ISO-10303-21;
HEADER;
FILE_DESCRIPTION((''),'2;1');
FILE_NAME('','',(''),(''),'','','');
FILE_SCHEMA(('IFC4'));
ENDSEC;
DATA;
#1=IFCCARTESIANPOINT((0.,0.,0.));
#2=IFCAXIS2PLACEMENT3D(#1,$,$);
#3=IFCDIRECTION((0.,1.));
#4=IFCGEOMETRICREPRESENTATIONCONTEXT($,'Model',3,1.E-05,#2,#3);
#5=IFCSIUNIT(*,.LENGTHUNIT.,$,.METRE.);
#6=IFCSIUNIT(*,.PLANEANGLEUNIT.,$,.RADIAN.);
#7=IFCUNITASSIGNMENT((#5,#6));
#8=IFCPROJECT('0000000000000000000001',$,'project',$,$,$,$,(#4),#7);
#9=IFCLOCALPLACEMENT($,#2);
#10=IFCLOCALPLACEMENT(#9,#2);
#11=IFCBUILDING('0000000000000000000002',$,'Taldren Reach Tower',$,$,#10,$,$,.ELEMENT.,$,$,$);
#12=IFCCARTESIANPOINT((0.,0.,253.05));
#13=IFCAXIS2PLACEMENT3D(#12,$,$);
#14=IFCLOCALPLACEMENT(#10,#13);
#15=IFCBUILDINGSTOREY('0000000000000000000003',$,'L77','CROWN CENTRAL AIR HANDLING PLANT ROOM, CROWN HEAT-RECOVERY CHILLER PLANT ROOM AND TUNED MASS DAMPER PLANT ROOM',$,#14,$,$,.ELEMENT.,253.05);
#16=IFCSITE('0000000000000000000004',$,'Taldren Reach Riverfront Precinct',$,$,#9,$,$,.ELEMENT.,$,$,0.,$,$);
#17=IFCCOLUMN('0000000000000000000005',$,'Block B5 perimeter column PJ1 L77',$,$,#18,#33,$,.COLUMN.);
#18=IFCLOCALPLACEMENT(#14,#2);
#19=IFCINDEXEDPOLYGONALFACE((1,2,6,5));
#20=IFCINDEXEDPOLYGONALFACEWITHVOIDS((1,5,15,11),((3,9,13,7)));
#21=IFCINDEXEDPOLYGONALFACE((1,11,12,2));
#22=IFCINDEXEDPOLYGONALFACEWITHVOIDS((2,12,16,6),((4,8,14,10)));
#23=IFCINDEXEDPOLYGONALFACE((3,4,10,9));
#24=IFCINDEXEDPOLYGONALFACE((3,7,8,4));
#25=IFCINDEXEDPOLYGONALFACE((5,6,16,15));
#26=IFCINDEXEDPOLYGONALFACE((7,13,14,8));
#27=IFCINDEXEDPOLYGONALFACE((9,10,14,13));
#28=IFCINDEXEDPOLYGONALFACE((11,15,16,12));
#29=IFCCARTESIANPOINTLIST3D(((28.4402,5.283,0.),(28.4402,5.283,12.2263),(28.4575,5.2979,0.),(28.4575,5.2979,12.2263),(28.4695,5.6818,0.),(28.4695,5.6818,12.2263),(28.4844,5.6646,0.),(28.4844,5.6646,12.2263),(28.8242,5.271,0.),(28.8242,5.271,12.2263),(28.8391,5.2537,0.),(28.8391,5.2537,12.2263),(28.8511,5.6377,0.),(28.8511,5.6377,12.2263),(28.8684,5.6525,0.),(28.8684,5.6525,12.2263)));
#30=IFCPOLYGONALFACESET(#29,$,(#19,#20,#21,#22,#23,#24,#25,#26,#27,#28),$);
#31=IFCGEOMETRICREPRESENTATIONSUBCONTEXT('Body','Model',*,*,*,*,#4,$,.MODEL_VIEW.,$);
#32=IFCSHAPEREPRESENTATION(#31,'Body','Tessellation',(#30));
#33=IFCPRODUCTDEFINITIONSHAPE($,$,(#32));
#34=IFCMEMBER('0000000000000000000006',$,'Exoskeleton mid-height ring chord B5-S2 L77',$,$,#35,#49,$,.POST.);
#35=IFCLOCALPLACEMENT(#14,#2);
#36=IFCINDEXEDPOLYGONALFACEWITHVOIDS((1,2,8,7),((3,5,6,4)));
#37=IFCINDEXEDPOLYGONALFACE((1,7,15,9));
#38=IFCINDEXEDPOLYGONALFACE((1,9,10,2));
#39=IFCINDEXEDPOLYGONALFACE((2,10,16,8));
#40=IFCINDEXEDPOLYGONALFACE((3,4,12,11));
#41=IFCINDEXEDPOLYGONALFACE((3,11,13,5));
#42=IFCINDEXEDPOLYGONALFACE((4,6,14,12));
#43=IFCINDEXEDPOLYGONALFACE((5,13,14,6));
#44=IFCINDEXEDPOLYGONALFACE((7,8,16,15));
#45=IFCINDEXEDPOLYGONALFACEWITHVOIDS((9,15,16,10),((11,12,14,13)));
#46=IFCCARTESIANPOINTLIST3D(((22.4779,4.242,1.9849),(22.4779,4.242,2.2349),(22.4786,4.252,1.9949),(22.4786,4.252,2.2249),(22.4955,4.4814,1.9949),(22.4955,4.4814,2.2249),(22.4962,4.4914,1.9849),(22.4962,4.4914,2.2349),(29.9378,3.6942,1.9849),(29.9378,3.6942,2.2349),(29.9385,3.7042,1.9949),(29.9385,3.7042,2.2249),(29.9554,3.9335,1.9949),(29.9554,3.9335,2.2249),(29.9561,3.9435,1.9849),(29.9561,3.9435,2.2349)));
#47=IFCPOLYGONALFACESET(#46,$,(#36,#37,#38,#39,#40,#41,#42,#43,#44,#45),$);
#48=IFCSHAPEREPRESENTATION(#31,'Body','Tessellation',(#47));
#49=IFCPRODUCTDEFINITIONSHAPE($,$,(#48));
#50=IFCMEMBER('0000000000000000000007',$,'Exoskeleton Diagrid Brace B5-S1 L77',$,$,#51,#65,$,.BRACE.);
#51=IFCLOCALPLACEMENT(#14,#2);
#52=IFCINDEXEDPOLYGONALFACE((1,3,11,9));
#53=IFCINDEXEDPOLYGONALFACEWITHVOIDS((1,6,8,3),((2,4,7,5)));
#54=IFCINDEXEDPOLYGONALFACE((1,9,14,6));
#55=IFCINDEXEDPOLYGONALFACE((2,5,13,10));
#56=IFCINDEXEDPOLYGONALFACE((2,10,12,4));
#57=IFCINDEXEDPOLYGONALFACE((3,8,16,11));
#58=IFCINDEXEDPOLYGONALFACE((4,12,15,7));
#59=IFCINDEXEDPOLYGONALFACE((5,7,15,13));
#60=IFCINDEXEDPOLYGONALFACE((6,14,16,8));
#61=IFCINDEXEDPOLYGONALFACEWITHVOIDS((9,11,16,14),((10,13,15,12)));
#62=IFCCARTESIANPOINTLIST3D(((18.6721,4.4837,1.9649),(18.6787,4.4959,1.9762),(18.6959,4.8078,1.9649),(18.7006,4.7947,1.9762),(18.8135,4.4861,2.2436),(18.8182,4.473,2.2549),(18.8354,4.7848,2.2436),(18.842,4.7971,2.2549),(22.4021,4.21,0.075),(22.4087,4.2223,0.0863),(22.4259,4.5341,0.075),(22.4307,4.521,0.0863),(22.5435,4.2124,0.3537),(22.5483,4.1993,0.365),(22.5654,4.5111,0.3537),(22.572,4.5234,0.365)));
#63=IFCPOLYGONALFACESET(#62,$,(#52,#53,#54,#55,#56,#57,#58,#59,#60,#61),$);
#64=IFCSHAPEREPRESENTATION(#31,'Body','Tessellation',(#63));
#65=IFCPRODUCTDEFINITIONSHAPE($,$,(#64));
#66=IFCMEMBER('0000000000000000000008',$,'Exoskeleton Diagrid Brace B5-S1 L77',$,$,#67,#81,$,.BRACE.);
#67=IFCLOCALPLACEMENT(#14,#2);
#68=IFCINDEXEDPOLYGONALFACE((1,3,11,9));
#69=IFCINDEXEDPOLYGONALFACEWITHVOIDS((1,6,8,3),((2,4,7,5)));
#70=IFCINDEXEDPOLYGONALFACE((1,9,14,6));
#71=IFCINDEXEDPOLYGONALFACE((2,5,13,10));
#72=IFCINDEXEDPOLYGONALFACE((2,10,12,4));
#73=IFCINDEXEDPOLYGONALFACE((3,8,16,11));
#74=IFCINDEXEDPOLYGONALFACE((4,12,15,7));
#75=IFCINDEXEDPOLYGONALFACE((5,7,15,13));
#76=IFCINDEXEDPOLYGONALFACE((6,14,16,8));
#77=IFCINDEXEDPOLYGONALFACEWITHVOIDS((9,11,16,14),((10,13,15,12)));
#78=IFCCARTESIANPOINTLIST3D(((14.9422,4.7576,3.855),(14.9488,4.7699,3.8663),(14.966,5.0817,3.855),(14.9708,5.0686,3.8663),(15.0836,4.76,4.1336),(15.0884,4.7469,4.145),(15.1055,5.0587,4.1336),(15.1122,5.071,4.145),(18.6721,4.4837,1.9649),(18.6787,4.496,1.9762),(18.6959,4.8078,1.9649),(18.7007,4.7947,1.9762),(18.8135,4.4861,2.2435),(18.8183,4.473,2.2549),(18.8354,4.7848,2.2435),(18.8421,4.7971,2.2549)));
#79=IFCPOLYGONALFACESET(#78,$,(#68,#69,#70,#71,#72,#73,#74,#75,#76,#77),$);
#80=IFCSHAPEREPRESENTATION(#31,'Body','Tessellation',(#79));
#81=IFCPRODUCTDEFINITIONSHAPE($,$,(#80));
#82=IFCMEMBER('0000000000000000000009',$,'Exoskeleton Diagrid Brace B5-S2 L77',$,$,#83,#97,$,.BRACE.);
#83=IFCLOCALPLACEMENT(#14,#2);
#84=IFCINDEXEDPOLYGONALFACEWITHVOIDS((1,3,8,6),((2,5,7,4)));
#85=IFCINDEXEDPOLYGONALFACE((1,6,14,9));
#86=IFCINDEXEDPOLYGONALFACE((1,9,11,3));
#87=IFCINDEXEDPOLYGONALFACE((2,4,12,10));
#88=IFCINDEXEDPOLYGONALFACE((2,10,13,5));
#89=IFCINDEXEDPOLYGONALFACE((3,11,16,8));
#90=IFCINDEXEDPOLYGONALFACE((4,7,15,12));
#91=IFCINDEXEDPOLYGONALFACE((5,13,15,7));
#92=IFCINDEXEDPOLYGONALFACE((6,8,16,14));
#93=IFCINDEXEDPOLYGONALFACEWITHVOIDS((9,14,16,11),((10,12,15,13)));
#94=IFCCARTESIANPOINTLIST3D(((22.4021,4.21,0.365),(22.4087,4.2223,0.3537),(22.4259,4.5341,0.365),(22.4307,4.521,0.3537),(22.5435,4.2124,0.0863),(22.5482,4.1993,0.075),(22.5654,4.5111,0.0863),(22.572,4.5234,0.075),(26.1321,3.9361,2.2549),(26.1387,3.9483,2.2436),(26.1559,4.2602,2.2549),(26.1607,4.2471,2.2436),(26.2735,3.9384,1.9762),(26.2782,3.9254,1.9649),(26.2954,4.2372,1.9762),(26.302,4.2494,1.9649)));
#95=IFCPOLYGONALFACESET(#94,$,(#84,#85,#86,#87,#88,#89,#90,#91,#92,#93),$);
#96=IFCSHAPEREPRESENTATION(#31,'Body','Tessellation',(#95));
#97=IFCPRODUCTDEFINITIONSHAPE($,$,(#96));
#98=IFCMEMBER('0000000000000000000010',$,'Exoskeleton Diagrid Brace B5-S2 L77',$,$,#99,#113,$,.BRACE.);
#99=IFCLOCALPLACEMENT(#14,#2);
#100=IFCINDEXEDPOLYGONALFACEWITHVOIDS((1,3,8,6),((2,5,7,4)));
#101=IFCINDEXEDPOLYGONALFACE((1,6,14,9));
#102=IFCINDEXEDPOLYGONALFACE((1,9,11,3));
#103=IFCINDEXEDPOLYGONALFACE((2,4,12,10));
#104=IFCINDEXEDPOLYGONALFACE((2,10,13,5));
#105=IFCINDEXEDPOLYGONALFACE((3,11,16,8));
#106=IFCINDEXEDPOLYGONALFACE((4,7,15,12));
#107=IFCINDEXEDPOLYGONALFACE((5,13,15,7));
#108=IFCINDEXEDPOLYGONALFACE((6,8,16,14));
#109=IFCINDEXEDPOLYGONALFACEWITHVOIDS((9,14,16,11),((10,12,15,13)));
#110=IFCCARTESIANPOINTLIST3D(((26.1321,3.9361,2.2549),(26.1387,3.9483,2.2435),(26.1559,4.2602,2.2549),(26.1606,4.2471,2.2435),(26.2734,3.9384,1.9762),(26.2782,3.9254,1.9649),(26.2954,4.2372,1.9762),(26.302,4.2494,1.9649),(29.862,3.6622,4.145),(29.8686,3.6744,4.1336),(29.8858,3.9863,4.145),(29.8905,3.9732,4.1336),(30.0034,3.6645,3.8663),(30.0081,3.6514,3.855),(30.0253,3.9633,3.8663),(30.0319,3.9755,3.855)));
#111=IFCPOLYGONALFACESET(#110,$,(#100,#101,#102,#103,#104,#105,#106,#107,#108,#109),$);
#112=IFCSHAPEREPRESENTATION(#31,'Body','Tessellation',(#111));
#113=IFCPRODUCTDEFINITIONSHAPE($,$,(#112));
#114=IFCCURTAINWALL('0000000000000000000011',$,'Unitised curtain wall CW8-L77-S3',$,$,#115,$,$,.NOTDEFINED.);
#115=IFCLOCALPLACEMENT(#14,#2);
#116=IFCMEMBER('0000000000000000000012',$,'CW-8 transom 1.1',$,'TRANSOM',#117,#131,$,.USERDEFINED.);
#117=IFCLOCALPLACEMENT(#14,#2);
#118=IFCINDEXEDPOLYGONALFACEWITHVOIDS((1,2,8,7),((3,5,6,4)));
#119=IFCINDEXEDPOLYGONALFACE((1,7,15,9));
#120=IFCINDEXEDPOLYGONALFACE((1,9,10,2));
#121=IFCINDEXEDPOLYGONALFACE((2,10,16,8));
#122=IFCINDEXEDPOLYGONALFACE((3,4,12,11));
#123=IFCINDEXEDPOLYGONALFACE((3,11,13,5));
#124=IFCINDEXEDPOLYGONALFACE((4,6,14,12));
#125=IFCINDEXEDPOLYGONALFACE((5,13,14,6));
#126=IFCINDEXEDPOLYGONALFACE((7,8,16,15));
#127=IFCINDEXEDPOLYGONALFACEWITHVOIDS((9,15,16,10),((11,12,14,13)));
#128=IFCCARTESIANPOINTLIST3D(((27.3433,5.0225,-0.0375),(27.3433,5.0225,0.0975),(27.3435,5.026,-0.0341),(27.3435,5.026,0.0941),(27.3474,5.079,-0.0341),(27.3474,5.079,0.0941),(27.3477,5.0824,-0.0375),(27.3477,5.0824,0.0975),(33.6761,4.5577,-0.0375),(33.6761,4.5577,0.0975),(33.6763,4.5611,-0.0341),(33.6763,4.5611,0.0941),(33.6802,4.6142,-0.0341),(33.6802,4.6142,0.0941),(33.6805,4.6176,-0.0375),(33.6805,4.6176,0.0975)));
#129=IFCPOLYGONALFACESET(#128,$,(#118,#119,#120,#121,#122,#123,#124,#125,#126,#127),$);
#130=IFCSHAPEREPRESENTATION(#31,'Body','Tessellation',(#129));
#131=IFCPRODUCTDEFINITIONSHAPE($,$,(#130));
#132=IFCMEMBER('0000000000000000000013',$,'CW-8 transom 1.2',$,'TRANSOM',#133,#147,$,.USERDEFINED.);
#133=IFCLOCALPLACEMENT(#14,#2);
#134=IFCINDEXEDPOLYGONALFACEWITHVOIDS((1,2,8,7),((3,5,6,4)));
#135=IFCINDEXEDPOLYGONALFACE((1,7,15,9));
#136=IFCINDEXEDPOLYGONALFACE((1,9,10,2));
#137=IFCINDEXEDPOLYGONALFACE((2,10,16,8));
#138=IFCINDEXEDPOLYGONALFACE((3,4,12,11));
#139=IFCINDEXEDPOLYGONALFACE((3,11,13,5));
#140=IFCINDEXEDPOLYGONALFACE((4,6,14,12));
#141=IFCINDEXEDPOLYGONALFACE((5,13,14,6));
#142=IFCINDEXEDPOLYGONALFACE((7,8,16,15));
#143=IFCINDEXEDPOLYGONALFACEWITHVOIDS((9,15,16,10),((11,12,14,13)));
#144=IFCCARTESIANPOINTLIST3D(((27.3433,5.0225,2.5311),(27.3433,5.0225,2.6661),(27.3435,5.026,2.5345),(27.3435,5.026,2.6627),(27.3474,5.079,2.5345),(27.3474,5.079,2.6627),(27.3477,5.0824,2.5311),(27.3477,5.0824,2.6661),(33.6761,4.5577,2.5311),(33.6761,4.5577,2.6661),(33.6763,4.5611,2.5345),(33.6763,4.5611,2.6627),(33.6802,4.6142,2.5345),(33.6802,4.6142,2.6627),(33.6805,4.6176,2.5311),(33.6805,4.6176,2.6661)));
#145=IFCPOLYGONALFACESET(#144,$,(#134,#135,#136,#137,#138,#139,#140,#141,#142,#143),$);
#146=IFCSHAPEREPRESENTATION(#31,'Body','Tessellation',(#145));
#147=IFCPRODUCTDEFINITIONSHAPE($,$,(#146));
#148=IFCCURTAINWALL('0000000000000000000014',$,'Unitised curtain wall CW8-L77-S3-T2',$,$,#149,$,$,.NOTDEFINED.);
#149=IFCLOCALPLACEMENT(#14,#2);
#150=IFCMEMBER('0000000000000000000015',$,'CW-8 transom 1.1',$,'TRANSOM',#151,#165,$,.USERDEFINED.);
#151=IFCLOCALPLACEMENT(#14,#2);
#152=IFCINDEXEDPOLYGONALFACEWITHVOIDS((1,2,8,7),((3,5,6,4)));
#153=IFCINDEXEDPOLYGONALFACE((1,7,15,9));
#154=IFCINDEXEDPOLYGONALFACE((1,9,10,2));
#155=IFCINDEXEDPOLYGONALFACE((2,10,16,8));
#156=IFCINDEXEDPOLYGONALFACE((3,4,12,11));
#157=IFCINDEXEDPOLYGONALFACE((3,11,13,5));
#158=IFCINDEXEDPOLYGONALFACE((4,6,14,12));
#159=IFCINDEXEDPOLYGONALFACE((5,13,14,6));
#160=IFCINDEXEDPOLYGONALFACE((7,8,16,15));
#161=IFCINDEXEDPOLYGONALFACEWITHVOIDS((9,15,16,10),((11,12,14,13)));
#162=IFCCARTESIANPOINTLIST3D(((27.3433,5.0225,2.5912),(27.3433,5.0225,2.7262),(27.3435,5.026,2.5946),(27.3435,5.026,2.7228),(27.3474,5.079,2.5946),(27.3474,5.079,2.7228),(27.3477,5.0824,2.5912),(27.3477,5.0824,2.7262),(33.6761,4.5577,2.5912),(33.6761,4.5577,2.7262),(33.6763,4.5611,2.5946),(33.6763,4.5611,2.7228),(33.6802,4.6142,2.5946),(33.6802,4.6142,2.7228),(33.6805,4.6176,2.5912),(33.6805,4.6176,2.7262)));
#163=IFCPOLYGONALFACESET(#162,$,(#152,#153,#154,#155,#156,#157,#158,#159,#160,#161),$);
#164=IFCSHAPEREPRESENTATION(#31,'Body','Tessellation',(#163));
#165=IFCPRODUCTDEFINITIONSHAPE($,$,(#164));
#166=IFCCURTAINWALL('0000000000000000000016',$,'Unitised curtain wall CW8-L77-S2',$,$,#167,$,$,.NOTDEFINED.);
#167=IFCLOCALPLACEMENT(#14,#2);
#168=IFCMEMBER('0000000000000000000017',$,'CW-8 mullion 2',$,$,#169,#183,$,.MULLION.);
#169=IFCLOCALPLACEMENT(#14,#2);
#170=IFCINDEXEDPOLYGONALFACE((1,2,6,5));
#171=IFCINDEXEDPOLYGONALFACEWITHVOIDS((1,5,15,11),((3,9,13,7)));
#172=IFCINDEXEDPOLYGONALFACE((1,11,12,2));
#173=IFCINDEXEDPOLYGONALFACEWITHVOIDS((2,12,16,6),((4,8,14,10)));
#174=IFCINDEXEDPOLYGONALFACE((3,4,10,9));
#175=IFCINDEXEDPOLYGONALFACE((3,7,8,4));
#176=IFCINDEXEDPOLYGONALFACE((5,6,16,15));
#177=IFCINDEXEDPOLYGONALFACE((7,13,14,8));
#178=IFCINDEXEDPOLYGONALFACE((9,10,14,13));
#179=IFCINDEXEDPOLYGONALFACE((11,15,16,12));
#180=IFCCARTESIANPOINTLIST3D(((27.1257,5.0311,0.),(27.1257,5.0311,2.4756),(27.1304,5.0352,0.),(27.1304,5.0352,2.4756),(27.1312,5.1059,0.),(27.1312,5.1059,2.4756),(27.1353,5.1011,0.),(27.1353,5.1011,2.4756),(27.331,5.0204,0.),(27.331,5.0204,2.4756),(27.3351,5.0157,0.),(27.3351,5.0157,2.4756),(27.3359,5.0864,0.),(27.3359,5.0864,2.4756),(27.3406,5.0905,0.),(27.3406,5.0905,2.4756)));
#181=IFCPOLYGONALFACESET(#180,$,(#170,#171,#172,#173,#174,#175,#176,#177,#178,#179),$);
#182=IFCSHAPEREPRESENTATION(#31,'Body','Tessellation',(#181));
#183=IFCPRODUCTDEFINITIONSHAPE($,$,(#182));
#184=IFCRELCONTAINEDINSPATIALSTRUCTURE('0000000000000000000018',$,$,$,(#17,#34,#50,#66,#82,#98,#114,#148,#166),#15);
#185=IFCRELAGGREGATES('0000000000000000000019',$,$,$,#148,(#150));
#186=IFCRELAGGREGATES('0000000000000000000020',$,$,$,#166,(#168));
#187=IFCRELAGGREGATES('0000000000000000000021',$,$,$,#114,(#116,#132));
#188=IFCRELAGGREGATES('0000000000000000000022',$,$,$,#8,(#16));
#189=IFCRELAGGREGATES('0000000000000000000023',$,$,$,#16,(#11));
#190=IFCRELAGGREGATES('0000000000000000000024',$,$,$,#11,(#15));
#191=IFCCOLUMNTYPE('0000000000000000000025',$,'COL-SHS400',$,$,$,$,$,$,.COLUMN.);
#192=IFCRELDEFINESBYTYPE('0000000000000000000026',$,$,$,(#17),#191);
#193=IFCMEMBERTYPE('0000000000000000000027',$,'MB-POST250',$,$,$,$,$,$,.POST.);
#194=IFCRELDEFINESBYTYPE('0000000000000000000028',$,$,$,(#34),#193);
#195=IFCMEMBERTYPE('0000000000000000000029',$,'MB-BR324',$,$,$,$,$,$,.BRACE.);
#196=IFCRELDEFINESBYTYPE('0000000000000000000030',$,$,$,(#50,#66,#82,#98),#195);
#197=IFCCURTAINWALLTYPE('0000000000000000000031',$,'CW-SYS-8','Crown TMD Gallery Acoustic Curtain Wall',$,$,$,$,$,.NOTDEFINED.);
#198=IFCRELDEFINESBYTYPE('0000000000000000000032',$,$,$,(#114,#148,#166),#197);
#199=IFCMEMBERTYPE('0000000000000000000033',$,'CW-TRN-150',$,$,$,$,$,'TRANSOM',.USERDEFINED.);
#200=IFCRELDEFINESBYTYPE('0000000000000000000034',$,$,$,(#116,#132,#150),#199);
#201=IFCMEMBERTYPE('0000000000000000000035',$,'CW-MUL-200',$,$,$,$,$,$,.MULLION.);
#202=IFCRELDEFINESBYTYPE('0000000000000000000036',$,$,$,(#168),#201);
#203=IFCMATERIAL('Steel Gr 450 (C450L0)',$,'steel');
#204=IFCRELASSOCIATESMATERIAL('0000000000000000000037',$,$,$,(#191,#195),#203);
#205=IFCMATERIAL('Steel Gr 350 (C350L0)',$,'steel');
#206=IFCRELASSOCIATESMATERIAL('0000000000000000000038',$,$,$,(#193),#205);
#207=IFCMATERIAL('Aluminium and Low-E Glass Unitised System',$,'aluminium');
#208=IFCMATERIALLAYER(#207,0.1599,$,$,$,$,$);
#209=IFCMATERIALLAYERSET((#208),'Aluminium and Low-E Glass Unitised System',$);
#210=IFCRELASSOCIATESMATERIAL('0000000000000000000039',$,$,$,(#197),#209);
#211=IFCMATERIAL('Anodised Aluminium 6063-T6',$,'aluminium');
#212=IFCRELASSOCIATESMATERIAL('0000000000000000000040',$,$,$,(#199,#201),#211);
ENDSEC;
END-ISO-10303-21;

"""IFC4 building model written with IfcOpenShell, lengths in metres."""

from ifc_helpers import new_model, si_unit, direction, frame, origin, origin_2d, place, context, subcontext, project, spatial, hollow_rectangle, extrude, source, transform, mapped, material, layer, layer_set, material_profile, profile_set, type_object, element, aggregate, save


model = new_model("IFC4")

# Units and contexts
model_context = context("Model", 3, precision=1e-05, world=origin(), true_north=direction((0.0, 1.0)))
body_context = subcontext(model_context, "Body", "Model", "MODEL_VIEW")
ifc_project = project(units=[si_unit("LENGTHUNIT", "METRE"), si_unit("PLANEANGLEUNIT", "RADIAN")], contexts=[model_context])

# Site, building, storey
site_placement = place(None, origin())
site = spatial("IfcSite", under=ifc_project, at=site_placement, Name="Taldren Reach Riverfront Precinct", CompositionType="ELEMENT", RefElevation=0.0)
building_placement = place(site_placement, origin())
building = spatial("IfcBuilding", under=site, at=building_placement, Name="Taldren Reach Tower", CompositionType="ELEMENT")
storey_placement = place(building_placement, frame((0.0, 0.0, 253.05)))
storey = spatial("IfcBuildingStorey", under=building, at=storey_placement, Name="L77", Description="CROWN CENTRAL AIR HANDLING PLANT ROOM, CROWN HEAT-RECOVERY CHILLER PLANT ROOM AND TUNED MASS DAMPER PLANT ROOM", CompositionType="ELEMENT", Elevation=253.05)

# Column
ifc_material_1 = material(Name="Steel Gr 450 (C450L0)", Category="steel")
ifc_material_profile_1 = material_profile(ifc_material_1, hollow_rectangle(XDim=0.3999, YDim=0.3999, WallThickness=0.0161, at=origin_2d()), Name="400x400x16.0SHS")
ifc_profile_set_1 = profile_set([ifc_material_profile_1], Name="Steel Gr 450 (C450L0)")
column_type = type_object("IfcColumnType", Name="COL-SHS400", PredefinedType="COLUMN", material=ifc_profile_set_1)
shared_shape_1 = source(origin(), body_context, "Body", "SweptSolid", [
    extrude(hollow_rectangle(XDim=0.3999, YDim=0.3999, WallThickness=0.0161, at=origin_2d()), origin(), (0.0, 0.0, 1.0), 12.2263),
])
column_placement = place(storey_placement, frame((28.6543, 5.4678, 0.0), z_axis=(0.0, 0.0, 1.0), x_axis=(0.997314, -0.073238, 0.0)))
element("IfcColumn", 1, at=column_placement, inside=storey, type_object=column_type, Name="Block B5 perimeter column PJ1 L77", PredefinedType="COLUMN", context=body_context, shape_type="MappedRepresentation", body=[
    mapped(shared_shape_1, transform((0.0, 0.0, 0.0), scale=1.0)),
])

# Members
ifc_material_2 = material(Name="Steel Gr 350 (C350L0)", Category="steel")
ifc_material_profile_2 = material_profile(ifc_material_2, hollow_rectangle(XDim=0.25, YDim=0.25, WallThickness=0.01, at=origin_2d()), Name="250x250x10.0SHS")
ifc_profile_set_2 = profile_set([ifc_material_profile_2], Name="Steel Gr 350 (C350L0)")
member_type_1 = type_object("IfcMemberType", Name="MB-POST250", PredefinedType="POST", material=ifc_profile_set_2)
shared_shape_2 = source(origin(), body_context, "Body", "SweptSolid", [
    extrude(hollow_rectangle(XDim=0.25, YDim=0.25, WallThickness=0.01, at=origin_2d()), origin(), (0.0, 0.0, 1.0), 7.48),
])
member_1_placement = place(storey_placement, frame((22.4871, 4.3667, 2.1099), z_axis=(0.997314, -0.073242, 0.0), x_axis=(0.073242, 0.997314, 0.0)))
element("IfcMember", 2, at=member_1_placement, inside=storey, type_object=member_type_1, Name="Exoskeleton mid-height ring chord B5-S2 L77", PredefinedType="POST", context=body_context, shape_type="MappedRepresentation", body=[
    mapped(shared_shape_2, transform((0.0, 0.0, 0.0), scale=1.0)),
])
ifc_material_profile_3 = material_profile(ifc_material_1, hollow_rectangle(XDim=0.325, YDim=0.325, WallThickness=0.0127, at=origin_2d()), Name="325x325x12.7SHS")
ifc_profile_set_3 = profile_set([ifc_material_profile_3], Name="Steel Gr 450 (C450L0)")
member_type_2 = type_object("IfcMemberType", Name="MB-BR324", PredefinedType="BRACE", material=ifc_profile_set_3)
shared_shape_3 = source(origin(), body_context, "Body", "SweptSolid", [
    extrude(hollow_rectangle(XDim=0.325, YDim=0.325, WallThickness=0.0127, at=origin_2d()), origin(), (0.0, 0.0, 1.0), 4.1904),
])
for number, where, z_axis, x_axis, name in (
    (3, (22.4871, 4.3667, 0.22), (-0.890128, 0.065312, 0.451007), (-0.073177, -0.997319, 0.0), "Exoskeleton Diagrid Brace B5-S1 L77"),
    (4, (18.7571, 4.6404, 2.1099), (-0.890101, 0.065368, 0.451051), (-0.073242, -0.997314, 0.0), "Exoskeleton Diagrid Brace B5-S1 L77"),
    (5, (22.4871, 4.3667, 0.22), (0.890124, -0.06537, 0.451005), (0.073242, 0.997314, 0.0), "Exoskeleton Diagrid Brace B5-S2 L77"),
    (6, (26.217, 4.0928, 2.1099), (0.890101, -0.065368, 0.451051), (0.073242, 0.997314, 0.0), "Exoskeleton Diagrid Brace B5-S2 L77"),
):
    element("IfcMember", number, at=place(storey_placement, frame(where, z_axis=z_axis, x_axis=x_axis)), inside=storey, type_object=member_type_2, Name=name, PredefinedType="BRACE", context=body_context, shape_type="MappedRepresentation", body=[
        mapped(shared_shape_3, transform((0.0, 0.0, 0.0), scale=1.0)),
    ])

# Curtain wall, members
ifc_material_3 = material(Name="Aluminium and Low-E Glass Unitised System", Category="aluminium")
ifc_layer_1 = layer(ifc_material_3, 0.1599)
ifc_layer_set_1 = layer_set([ifc_layer_1], Name="Aluminium and Low-E Glass Unitised System")
curtain_wall_type = type_object("IfcCurtainWallType", Name="CW-SYS-8", Description="Crown TMD Gallery Acoustic Curtain Wall", PredefinedType="NOTDEFINED", material=ifc_layer_set_1)
curtain_wall_1_placement = place(storey_placement, origin())
curtain_wall_1 = element("IfcCurtainWall", 7, at=curtain_wall_1_placement, inside=storey, type_object=curtain_wall_type, Name="Unitised curtain wall CW8-L77-S3", PredefinedType="NOTDEFINED")
ifc_material_4 = material(Name="Anodised Aluminium 6063-T6", Category="aluminium")
ifc_material_profile_4 = material_profile(ifc_material_4, hollow_rectangle(XDim=0.0601, YDim=0.135, WallThickness=0.0034, at=origin_2d()), Name="ALU-135x60x3.5RHS")
ifc_profile_set_4 = profile_set([ifc_material_profile_4], Name="Anodised Aluminium 6063-T6")
member_type_3 = type_object("IfcMemberType", Name="CW-TRN-150", ElementType="TRANSOM", PredefinedType="USERDEFINED", material=ifc_profile_set_4)
shared_shape_4 = source(origin(), body_context, "Body", "SweptSolid", [
    extrude(hollow_rectangle(XDim=0.0601, YDim=0.135, WallThickness=0.0034, at=origin_2d()), origin(), (0.0, 0.0, 1.0), 6.3499),
])
member_2_placement = place(storey_placement, frame((27.3455, 5.0525, 0.03), z_axis=(0.997317, -0.073206, 0.0), x_axis=(0.073206, 0.997317, 0.0)))
member_2 = element("IfcMember", 8, at=member_2_placement, type_object=member_type_3, Name="CW-8 transom 1.1", ObjectType="TRANSOM", PredefinedType="USERDEFINED", context=body_context, shape_type="MappedRepresentation", body=[
    mapped(shared_shape_4, transform((0.0, 0.0, 0.0), scale=1.0)),
])
member_3_placement = place(storey_placement, frame((27.3455, 5.0525, 2.5986), z_axis=(0.997317, -0.073206, 0.0), x_axis=(0.073206, 0.997317, 0.0)))
member_3 = element("IfcMember", 9, at=member_3_placement, type_object=member_type_3, Name="CW-8 transom 1.2", ObjectType="TRANSOM", PredefinedType="USERDEFINED", context=body_context, shape_type="MappedRepresentation", body=[
    mapped(shared_shape_4, transform((0.0, 0.0, 0.0), scale=1.0)),
])

# Curtain walls, members
curtain_wall_2_placement = place(storey_placement, origin())
curtain_wall_2 = element("IfcCurtainWall", 10, at=curtain_wall_2_placement, inside=storey, type_object=curtain_wall_type, Name="Unitised curtain wall CW8-L77-S3-T2", PredefinedType="NOTDEFINED")
member_4_placement = place(storey_placement, frame((27.3455, 5.0525, 2.6587), z_axis=(0.997317, -0.073206, 0.0), x_axis=(0.073206, 0.997317, 0.0)))
member_4 = element("IfcMember", 11, at=member_4_placement, type_object=member_type_3, Name="CW-8 transom 1.1", ObjectType="TRANSOM", PredefinedType="USERDEFINED", context=body_context, shape_type="MappedRepresentation", body=[
    mapped(shared_shape_4, transform((0.0, 0.0, 0.0), scale=1.0)),
])
curtain_wall_3_placement = place(storey_placement, origin())
curtain_wall_3 = element("IfcCurtainWall", 12, at=curtain_wall_3_placement, inside=storey, type_object=curtain_wall_type, Name="Unitised curtain wall CW8-L77-S2", PredefinedType="NOTDEFINED")
ifc_material_profile_5 = material_profile(ifc_material_4, hollow_rectangle(XDim=0.075, YDim=0.21, WallThickness=0.0044, at=origin_2d()), Name="ALU-210x75x4.5RHS")
ifc_profile_set_5 = profile_set([ifc_material_profile_5], Name="Anodised Aluminium 6063-T6")
member_type_4 = type_object("IfcMemberType", Name="CW-MUL-200", PredefinedType="MULLION", material=ifc_profile_set_5)
shared_shape_5 = source(origin(), body_context, "Body", "SweptSolid", [
    extrude(hollow_rectangle(XDim=0.075, YDim=0.21, WallThickness=0.0044, at=origin_2d()), origin(), (0.0, 0.0, 1.0), 2.4756),
])
member_5_placement = place(storey_placement, frame((27.2332, 5.0608, 0.0), z_axis=(0.0, 0.0, 1.0), x_axis=(0.073238, 0.997314, 0.0)))
member_5 = element("IfcMember", 13, at=member_5_placement, type_object=member_type_4, Name="CW-8 mullion 2", PredefinedType="MULLION", context=body_context, shape_type="MappedRepresentation", body=[
    mapped(shared_shape_5, transform((0.0, 0.0, 0.0), scale=1.0)),
])

aggregate(curtain_wall_2, [member_4])

aggregate(curtain_wall_3, [member_5])
aggregate(curtain_wall_1, [member_2, member_3])

save(model, "model.ifc")
